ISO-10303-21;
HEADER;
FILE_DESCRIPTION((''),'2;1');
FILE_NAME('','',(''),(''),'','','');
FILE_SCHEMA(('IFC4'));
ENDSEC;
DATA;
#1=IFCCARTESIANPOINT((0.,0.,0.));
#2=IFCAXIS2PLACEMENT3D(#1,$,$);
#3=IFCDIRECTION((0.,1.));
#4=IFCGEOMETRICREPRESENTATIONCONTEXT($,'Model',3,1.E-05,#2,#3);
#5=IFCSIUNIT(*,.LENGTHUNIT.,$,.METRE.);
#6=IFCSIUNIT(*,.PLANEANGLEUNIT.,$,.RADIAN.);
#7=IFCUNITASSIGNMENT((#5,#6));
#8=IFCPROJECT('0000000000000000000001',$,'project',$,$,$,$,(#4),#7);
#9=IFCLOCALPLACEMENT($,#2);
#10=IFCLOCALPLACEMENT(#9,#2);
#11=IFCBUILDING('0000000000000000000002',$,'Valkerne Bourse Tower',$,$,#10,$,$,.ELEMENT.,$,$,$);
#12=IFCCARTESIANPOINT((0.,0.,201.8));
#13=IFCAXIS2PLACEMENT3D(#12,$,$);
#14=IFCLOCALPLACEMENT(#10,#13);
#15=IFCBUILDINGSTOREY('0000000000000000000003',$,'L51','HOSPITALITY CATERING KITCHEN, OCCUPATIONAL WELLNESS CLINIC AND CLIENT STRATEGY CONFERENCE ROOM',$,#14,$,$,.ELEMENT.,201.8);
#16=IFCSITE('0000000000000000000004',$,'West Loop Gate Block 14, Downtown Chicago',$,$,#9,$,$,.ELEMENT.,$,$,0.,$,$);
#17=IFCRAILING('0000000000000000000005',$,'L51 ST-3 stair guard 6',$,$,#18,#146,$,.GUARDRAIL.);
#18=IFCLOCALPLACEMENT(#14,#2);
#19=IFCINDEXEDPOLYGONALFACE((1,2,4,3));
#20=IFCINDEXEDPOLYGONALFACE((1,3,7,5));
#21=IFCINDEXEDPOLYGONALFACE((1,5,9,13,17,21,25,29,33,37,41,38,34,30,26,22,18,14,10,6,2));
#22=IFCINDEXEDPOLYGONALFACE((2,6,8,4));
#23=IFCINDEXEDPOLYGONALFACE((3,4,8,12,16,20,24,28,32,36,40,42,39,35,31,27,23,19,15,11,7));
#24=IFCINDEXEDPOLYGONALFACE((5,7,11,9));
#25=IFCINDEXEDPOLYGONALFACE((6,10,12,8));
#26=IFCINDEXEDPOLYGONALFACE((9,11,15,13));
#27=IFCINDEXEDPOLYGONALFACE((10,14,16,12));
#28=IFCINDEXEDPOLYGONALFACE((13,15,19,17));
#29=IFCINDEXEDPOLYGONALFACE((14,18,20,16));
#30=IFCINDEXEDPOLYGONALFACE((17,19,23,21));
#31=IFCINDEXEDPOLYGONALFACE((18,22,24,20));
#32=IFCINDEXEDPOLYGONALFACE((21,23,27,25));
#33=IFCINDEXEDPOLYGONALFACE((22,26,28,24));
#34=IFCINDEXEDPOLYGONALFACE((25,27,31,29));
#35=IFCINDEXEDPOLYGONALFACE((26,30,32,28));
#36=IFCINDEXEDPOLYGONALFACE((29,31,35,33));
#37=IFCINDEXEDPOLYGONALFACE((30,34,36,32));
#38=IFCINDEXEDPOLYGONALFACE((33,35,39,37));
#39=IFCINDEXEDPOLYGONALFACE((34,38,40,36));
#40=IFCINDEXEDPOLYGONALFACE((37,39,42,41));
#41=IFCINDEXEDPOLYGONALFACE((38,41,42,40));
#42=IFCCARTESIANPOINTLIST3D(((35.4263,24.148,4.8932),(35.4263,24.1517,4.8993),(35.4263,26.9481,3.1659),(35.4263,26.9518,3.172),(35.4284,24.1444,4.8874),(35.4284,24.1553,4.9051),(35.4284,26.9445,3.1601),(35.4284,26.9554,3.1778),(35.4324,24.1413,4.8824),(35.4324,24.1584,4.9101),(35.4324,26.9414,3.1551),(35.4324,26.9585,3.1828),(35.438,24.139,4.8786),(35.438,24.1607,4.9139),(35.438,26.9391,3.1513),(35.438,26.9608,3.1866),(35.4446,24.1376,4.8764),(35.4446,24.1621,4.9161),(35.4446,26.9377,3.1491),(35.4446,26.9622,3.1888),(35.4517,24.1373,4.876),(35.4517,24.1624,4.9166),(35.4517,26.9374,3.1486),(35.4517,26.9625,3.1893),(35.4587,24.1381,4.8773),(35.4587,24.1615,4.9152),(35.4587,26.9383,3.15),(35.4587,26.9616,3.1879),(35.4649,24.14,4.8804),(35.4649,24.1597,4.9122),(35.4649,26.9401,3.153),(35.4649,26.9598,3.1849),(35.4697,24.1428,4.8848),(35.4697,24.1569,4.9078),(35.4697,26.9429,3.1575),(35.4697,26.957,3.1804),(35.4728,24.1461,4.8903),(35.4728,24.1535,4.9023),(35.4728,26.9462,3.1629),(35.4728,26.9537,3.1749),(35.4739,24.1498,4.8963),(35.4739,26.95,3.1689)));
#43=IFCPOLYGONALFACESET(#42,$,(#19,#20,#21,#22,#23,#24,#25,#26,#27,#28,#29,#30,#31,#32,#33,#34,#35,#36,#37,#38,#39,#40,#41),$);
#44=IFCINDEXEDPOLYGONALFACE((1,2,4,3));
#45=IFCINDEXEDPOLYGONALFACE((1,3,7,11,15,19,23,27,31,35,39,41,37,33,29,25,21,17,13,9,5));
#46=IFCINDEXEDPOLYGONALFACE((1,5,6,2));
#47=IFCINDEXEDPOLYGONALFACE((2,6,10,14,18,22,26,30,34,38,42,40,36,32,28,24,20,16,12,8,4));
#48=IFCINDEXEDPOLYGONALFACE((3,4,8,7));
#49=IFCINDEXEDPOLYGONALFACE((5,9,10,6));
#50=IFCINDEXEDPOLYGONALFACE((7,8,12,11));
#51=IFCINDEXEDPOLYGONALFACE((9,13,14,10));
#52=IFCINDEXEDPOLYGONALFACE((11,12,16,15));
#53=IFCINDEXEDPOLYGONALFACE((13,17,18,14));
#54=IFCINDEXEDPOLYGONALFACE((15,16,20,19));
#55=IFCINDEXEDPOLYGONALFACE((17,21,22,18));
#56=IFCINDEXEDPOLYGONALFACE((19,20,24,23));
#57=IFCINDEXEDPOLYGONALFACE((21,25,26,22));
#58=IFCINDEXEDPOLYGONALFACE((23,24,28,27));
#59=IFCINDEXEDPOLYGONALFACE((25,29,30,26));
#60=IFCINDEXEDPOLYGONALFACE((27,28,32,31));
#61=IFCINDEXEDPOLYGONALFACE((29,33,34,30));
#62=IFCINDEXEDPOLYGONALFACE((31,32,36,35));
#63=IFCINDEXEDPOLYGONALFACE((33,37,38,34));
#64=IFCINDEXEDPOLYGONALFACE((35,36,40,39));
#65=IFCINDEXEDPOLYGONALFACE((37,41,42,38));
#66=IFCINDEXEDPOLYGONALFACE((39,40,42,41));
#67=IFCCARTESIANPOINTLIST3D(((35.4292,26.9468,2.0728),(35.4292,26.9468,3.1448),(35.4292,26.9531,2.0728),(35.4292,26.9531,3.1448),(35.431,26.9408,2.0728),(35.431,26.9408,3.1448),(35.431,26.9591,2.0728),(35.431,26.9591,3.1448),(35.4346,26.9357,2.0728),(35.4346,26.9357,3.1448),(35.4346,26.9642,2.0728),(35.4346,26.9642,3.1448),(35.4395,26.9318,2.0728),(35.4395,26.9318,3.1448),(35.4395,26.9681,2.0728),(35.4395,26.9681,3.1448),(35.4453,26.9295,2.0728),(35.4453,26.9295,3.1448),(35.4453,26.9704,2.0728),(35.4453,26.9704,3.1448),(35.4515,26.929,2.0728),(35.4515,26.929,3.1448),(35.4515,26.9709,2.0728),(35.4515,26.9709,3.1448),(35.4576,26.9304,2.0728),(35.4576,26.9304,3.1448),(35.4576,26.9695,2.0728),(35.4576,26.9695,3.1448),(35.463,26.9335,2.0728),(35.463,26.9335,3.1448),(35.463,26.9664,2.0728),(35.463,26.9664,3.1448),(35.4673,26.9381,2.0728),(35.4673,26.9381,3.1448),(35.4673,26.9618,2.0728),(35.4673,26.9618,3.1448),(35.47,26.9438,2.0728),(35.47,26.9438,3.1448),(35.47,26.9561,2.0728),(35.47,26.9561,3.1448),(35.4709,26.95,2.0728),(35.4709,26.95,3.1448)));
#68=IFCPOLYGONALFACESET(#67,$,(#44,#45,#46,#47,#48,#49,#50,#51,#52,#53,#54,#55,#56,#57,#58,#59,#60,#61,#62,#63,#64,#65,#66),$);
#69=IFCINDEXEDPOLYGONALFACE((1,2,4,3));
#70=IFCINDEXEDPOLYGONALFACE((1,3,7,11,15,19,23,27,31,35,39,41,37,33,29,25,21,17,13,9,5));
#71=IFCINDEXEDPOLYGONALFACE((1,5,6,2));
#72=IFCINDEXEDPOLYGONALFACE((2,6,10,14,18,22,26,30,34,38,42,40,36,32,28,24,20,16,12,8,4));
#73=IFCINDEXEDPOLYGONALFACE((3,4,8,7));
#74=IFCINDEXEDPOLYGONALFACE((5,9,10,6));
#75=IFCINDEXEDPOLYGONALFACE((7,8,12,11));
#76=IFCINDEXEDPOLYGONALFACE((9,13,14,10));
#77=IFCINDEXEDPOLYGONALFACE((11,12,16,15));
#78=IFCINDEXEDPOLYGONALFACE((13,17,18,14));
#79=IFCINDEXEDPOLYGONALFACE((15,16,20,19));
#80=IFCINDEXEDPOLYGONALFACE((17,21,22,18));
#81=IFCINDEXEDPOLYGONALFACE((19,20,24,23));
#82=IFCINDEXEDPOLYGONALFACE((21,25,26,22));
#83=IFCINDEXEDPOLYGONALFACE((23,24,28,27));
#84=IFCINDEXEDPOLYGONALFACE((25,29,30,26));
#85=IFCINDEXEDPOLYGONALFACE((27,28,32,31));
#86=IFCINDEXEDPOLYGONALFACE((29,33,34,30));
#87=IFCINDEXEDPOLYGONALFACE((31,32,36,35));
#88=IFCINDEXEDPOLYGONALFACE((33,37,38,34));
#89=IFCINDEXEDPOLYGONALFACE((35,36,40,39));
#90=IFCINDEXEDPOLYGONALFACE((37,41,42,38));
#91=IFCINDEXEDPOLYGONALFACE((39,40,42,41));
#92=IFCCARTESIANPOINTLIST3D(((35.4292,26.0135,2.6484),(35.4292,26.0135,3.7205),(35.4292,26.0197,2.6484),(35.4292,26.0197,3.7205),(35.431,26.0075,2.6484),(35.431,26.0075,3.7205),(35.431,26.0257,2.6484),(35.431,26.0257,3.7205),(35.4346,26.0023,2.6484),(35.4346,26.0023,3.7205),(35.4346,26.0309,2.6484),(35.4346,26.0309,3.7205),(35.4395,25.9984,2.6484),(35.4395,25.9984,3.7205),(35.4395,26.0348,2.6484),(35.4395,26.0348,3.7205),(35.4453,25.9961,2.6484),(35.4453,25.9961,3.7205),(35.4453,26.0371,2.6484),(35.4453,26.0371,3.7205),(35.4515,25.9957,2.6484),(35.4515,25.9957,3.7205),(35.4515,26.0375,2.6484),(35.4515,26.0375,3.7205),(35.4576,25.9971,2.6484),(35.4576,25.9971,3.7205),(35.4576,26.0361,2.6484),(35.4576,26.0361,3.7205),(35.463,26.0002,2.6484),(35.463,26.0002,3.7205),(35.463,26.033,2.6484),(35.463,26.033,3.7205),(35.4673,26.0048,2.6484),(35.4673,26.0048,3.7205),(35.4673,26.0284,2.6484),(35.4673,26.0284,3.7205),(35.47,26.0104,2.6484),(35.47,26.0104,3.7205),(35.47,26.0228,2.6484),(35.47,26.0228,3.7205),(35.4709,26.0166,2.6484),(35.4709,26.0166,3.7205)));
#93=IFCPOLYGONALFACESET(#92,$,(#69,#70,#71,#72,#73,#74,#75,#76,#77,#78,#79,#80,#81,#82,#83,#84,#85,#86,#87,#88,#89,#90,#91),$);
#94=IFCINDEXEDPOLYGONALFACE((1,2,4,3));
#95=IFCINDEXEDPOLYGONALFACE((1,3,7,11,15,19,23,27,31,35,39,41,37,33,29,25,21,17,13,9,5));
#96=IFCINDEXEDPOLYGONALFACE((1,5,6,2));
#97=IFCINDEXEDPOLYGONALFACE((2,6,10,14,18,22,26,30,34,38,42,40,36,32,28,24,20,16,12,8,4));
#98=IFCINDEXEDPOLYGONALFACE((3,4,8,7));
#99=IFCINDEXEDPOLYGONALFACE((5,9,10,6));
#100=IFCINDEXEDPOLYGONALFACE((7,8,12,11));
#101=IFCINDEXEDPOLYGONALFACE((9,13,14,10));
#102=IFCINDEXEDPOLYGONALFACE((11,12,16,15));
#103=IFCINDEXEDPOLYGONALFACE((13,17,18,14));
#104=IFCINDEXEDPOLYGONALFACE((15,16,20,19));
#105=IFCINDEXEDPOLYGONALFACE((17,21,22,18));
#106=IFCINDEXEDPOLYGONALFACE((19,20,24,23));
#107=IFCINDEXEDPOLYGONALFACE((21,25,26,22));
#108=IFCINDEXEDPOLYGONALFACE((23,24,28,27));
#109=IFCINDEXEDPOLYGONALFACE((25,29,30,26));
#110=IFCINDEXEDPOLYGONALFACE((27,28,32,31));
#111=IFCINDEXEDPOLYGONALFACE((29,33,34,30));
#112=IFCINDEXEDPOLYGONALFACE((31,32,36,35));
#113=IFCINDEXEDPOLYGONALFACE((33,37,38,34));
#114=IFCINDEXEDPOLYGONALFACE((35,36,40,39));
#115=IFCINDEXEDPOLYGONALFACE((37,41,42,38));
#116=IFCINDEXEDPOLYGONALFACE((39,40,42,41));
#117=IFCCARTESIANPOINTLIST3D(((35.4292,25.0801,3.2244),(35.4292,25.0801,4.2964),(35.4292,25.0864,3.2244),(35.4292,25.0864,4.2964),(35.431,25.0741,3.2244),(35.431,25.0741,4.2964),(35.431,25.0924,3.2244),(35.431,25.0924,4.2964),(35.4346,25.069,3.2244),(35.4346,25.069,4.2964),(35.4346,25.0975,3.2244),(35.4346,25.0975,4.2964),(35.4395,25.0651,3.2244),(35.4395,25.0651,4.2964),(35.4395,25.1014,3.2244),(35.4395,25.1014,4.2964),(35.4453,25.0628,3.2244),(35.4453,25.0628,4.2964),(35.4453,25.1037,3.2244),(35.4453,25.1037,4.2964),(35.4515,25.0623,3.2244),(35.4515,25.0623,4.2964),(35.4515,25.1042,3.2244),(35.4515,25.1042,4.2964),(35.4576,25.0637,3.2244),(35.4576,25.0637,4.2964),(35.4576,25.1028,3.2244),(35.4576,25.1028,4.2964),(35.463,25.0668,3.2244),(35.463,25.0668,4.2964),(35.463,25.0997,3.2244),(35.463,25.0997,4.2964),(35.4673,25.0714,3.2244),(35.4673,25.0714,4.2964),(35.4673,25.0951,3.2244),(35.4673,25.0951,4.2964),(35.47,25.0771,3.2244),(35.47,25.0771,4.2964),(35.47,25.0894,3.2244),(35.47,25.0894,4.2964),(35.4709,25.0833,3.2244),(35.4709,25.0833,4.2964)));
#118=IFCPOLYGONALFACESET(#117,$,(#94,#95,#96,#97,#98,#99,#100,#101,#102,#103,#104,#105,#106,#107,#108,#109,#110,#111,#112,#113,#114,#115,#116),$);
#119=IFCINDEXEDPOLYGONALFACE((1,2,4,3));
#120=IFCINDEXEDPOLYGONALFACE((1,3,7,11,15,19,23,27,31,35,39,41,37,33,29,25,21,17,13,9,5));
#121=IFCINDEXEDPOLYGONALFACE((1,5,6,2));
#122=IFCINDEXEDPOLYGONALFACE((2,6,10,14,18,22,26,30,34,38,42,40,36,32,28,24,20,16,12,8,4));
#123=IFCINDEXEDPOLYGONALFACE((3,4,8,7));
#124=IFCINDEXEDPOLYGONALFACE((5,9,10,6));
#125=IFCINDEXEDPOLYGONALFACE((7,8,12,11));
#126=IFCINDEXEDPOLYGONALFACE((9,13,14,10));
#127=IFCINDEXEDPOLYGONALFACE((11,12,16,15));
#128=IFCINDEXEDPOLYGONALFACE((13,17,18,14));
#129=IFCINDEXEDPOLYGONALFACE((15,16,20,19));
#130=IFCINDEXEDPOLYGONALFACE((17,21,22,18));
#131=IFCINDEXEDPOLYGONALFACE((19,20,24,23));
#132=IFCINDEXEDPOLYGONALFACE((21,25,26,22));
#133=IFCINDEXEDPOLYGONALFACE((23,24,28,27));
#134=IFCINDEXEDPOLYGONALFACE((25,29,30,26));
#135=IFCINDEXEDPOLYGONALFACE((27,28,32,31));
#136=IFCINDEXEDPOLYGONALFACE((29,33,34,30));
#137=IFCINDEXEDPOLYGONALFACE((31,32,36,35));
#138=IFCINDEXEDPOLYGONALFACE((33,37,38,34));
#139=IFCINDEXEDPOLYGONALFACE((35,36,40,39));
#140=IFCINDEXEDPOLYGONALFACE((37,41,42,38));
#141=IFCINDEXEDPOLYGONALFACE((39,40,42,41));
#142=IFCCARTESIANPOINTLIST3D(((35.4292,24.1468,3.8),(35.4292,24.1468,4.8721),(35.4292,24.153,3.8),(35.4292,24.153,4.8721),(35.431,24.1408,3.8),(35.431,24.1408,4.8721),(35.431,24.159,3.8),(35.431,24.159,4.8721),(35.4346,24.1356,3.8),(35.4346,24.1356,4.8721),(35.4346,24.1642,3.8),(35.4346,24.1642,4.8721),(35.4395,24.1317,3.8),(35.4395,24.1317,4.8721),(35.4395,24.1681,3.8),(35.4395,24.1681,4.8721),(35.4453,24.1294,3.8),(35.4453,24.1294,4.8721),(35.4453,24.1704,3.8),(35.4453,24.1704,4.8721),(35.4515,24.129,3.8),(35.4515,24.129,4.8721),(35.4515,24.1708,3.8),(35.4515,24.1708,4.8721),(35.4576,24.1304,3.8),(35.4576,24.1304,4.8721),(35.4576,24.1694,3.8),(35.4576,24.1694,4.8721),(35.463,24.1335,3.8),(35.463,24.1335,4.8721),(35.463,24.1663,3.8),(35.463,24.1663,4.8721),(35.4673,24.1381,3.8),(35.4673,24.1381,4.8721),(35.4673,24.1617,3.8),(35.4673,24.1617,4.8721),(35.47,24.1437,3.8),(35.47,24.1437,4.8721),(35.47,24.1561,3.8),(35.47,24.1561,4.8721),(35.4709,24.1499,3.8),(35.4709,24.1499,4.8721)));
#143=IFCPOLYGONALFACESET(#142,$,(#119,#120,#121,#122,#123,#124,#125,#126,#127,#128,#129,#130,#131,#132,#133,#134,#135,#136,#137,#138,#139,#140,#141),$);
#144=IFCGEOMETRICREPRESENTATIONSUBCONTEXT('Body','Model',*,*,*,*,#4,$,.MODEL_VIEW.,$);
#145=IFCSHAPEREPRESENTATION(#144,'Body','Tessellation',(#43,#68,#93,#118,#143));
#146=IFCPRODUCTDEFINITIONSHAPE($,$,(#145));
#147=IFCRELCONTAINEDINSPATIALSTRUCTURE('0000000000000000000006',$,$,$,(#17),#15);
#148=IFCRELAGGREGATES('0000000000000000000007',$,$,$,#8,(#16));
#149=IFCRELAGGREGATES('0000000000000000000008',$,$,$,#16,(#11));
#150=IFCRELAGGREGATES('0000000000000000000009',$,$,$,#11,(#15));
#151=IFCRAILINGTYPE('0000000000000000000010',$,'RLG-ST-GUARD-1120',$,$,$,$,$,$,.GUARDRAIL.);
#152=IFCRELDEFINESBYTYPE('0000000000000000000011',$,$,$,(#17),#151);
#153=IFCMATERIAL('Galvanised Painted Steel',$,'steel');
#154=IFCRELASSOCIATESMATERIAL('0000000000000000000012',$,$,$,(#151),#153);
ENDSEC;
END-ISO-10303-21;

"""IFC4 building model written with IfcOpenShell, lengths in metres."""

from ifc_helpers import new_model, si_unit, direction, frame, origin, origin_2d, place, context, subcontext, project, spatial, circle, extrude, material, type_object, element, save


model = new_model("IFC4")

# Units and contexts
model_context = context("Model", 3, precision=1e-05, world=origin(), true_north=direction((0.0, 1.0)))
body_context = subcontext(model_context, "Body", "Model", "MODEL_VIEW")
ifc_project = project(units=[si_unit("LENGTHUNIT", "METRE"), si_unit("PLANEANGLEUNIT", "RADIAN")], contexts=[model_context])

# Site, building, storey
site_placement = place(None, origin())
site = spatial("IfcSite", under=ifc_project, at=site_placement, Name="West Loop Gate Block 14, Downtown Chicago", CompositionType="ELEMENT", RefElevation=0.0)
building_placement = place(site_placement, origin())
building = spatial("IfcBuilding", under=site, at=building_placement, Name="Valkerne Bourse Tower", CompositionType="ELEMENT")
storey_placement = place(building_placement, frame((0.0, 0.0, 201.8)))
storey = spatial("IfcBuildingStorey", under=building, at=storey_placement, Name="L51", Description="HOSPITALITY CATERING KITCHEN, OCCUPATIONAL WELLNESS CLINIC AND CLIENT STRATEGY CONFERENCE ROOM", CompositionType="ELEMENT", Elevation=201.8)

# Railing
ifc_material_1 = material(Name="Galvanised Painted Steel", Category="steel")
railing_type_1 = type_object("IfcRailingType", Name="RLG-ST-GUARD-1120", PredefinedType="GUARDRAIL", material=ifc_material_1)
railing_1_placement = place(storey_placement, frame((35.45, 26.95, 2.0728)))
element("IfcRailing", 1, at=railing_1_placement, inside=storey, type_object=railing_type_1, Name="L51 ST-3 stair guard 6", PredefinedType="GUARDRAIL", context=body_context, shape_type="SweptSolid", body=[
    extrude(circle(Radius=0.0239, at=origin_2d()), frame((0.0, 0.0, 1.0962), z_axis=(0.0, -0.85109, 0.52502), x_axis=(1.0, 0.0, 0.0)), (0.0, 0.0, 1.0), 3.29),
    extrude(circle(Radius=0.021, at=origin_2d()), origin(), (0.0, 0.0, 1.0), 1.072),
    extrude(circle(Radius=0.021, at=origin_2d()), frame((0.0, -0.9333, 0.5757)), (0.0, 0.0, 1.0), 1.072),
    extrude(circle(Radius=0.021, at=origin_2d()), frame((0.0, -1.8667, 1.1516)), (0.0, 0.0, 1.0), 1.072),
    extrude(circle(Radius=0.021, at=origin_2d()), frame((0.0, -2.8, 1.7273)), (0.0, 0.0, 1.0), 1.072),
])

save(model, "model.ifc")
